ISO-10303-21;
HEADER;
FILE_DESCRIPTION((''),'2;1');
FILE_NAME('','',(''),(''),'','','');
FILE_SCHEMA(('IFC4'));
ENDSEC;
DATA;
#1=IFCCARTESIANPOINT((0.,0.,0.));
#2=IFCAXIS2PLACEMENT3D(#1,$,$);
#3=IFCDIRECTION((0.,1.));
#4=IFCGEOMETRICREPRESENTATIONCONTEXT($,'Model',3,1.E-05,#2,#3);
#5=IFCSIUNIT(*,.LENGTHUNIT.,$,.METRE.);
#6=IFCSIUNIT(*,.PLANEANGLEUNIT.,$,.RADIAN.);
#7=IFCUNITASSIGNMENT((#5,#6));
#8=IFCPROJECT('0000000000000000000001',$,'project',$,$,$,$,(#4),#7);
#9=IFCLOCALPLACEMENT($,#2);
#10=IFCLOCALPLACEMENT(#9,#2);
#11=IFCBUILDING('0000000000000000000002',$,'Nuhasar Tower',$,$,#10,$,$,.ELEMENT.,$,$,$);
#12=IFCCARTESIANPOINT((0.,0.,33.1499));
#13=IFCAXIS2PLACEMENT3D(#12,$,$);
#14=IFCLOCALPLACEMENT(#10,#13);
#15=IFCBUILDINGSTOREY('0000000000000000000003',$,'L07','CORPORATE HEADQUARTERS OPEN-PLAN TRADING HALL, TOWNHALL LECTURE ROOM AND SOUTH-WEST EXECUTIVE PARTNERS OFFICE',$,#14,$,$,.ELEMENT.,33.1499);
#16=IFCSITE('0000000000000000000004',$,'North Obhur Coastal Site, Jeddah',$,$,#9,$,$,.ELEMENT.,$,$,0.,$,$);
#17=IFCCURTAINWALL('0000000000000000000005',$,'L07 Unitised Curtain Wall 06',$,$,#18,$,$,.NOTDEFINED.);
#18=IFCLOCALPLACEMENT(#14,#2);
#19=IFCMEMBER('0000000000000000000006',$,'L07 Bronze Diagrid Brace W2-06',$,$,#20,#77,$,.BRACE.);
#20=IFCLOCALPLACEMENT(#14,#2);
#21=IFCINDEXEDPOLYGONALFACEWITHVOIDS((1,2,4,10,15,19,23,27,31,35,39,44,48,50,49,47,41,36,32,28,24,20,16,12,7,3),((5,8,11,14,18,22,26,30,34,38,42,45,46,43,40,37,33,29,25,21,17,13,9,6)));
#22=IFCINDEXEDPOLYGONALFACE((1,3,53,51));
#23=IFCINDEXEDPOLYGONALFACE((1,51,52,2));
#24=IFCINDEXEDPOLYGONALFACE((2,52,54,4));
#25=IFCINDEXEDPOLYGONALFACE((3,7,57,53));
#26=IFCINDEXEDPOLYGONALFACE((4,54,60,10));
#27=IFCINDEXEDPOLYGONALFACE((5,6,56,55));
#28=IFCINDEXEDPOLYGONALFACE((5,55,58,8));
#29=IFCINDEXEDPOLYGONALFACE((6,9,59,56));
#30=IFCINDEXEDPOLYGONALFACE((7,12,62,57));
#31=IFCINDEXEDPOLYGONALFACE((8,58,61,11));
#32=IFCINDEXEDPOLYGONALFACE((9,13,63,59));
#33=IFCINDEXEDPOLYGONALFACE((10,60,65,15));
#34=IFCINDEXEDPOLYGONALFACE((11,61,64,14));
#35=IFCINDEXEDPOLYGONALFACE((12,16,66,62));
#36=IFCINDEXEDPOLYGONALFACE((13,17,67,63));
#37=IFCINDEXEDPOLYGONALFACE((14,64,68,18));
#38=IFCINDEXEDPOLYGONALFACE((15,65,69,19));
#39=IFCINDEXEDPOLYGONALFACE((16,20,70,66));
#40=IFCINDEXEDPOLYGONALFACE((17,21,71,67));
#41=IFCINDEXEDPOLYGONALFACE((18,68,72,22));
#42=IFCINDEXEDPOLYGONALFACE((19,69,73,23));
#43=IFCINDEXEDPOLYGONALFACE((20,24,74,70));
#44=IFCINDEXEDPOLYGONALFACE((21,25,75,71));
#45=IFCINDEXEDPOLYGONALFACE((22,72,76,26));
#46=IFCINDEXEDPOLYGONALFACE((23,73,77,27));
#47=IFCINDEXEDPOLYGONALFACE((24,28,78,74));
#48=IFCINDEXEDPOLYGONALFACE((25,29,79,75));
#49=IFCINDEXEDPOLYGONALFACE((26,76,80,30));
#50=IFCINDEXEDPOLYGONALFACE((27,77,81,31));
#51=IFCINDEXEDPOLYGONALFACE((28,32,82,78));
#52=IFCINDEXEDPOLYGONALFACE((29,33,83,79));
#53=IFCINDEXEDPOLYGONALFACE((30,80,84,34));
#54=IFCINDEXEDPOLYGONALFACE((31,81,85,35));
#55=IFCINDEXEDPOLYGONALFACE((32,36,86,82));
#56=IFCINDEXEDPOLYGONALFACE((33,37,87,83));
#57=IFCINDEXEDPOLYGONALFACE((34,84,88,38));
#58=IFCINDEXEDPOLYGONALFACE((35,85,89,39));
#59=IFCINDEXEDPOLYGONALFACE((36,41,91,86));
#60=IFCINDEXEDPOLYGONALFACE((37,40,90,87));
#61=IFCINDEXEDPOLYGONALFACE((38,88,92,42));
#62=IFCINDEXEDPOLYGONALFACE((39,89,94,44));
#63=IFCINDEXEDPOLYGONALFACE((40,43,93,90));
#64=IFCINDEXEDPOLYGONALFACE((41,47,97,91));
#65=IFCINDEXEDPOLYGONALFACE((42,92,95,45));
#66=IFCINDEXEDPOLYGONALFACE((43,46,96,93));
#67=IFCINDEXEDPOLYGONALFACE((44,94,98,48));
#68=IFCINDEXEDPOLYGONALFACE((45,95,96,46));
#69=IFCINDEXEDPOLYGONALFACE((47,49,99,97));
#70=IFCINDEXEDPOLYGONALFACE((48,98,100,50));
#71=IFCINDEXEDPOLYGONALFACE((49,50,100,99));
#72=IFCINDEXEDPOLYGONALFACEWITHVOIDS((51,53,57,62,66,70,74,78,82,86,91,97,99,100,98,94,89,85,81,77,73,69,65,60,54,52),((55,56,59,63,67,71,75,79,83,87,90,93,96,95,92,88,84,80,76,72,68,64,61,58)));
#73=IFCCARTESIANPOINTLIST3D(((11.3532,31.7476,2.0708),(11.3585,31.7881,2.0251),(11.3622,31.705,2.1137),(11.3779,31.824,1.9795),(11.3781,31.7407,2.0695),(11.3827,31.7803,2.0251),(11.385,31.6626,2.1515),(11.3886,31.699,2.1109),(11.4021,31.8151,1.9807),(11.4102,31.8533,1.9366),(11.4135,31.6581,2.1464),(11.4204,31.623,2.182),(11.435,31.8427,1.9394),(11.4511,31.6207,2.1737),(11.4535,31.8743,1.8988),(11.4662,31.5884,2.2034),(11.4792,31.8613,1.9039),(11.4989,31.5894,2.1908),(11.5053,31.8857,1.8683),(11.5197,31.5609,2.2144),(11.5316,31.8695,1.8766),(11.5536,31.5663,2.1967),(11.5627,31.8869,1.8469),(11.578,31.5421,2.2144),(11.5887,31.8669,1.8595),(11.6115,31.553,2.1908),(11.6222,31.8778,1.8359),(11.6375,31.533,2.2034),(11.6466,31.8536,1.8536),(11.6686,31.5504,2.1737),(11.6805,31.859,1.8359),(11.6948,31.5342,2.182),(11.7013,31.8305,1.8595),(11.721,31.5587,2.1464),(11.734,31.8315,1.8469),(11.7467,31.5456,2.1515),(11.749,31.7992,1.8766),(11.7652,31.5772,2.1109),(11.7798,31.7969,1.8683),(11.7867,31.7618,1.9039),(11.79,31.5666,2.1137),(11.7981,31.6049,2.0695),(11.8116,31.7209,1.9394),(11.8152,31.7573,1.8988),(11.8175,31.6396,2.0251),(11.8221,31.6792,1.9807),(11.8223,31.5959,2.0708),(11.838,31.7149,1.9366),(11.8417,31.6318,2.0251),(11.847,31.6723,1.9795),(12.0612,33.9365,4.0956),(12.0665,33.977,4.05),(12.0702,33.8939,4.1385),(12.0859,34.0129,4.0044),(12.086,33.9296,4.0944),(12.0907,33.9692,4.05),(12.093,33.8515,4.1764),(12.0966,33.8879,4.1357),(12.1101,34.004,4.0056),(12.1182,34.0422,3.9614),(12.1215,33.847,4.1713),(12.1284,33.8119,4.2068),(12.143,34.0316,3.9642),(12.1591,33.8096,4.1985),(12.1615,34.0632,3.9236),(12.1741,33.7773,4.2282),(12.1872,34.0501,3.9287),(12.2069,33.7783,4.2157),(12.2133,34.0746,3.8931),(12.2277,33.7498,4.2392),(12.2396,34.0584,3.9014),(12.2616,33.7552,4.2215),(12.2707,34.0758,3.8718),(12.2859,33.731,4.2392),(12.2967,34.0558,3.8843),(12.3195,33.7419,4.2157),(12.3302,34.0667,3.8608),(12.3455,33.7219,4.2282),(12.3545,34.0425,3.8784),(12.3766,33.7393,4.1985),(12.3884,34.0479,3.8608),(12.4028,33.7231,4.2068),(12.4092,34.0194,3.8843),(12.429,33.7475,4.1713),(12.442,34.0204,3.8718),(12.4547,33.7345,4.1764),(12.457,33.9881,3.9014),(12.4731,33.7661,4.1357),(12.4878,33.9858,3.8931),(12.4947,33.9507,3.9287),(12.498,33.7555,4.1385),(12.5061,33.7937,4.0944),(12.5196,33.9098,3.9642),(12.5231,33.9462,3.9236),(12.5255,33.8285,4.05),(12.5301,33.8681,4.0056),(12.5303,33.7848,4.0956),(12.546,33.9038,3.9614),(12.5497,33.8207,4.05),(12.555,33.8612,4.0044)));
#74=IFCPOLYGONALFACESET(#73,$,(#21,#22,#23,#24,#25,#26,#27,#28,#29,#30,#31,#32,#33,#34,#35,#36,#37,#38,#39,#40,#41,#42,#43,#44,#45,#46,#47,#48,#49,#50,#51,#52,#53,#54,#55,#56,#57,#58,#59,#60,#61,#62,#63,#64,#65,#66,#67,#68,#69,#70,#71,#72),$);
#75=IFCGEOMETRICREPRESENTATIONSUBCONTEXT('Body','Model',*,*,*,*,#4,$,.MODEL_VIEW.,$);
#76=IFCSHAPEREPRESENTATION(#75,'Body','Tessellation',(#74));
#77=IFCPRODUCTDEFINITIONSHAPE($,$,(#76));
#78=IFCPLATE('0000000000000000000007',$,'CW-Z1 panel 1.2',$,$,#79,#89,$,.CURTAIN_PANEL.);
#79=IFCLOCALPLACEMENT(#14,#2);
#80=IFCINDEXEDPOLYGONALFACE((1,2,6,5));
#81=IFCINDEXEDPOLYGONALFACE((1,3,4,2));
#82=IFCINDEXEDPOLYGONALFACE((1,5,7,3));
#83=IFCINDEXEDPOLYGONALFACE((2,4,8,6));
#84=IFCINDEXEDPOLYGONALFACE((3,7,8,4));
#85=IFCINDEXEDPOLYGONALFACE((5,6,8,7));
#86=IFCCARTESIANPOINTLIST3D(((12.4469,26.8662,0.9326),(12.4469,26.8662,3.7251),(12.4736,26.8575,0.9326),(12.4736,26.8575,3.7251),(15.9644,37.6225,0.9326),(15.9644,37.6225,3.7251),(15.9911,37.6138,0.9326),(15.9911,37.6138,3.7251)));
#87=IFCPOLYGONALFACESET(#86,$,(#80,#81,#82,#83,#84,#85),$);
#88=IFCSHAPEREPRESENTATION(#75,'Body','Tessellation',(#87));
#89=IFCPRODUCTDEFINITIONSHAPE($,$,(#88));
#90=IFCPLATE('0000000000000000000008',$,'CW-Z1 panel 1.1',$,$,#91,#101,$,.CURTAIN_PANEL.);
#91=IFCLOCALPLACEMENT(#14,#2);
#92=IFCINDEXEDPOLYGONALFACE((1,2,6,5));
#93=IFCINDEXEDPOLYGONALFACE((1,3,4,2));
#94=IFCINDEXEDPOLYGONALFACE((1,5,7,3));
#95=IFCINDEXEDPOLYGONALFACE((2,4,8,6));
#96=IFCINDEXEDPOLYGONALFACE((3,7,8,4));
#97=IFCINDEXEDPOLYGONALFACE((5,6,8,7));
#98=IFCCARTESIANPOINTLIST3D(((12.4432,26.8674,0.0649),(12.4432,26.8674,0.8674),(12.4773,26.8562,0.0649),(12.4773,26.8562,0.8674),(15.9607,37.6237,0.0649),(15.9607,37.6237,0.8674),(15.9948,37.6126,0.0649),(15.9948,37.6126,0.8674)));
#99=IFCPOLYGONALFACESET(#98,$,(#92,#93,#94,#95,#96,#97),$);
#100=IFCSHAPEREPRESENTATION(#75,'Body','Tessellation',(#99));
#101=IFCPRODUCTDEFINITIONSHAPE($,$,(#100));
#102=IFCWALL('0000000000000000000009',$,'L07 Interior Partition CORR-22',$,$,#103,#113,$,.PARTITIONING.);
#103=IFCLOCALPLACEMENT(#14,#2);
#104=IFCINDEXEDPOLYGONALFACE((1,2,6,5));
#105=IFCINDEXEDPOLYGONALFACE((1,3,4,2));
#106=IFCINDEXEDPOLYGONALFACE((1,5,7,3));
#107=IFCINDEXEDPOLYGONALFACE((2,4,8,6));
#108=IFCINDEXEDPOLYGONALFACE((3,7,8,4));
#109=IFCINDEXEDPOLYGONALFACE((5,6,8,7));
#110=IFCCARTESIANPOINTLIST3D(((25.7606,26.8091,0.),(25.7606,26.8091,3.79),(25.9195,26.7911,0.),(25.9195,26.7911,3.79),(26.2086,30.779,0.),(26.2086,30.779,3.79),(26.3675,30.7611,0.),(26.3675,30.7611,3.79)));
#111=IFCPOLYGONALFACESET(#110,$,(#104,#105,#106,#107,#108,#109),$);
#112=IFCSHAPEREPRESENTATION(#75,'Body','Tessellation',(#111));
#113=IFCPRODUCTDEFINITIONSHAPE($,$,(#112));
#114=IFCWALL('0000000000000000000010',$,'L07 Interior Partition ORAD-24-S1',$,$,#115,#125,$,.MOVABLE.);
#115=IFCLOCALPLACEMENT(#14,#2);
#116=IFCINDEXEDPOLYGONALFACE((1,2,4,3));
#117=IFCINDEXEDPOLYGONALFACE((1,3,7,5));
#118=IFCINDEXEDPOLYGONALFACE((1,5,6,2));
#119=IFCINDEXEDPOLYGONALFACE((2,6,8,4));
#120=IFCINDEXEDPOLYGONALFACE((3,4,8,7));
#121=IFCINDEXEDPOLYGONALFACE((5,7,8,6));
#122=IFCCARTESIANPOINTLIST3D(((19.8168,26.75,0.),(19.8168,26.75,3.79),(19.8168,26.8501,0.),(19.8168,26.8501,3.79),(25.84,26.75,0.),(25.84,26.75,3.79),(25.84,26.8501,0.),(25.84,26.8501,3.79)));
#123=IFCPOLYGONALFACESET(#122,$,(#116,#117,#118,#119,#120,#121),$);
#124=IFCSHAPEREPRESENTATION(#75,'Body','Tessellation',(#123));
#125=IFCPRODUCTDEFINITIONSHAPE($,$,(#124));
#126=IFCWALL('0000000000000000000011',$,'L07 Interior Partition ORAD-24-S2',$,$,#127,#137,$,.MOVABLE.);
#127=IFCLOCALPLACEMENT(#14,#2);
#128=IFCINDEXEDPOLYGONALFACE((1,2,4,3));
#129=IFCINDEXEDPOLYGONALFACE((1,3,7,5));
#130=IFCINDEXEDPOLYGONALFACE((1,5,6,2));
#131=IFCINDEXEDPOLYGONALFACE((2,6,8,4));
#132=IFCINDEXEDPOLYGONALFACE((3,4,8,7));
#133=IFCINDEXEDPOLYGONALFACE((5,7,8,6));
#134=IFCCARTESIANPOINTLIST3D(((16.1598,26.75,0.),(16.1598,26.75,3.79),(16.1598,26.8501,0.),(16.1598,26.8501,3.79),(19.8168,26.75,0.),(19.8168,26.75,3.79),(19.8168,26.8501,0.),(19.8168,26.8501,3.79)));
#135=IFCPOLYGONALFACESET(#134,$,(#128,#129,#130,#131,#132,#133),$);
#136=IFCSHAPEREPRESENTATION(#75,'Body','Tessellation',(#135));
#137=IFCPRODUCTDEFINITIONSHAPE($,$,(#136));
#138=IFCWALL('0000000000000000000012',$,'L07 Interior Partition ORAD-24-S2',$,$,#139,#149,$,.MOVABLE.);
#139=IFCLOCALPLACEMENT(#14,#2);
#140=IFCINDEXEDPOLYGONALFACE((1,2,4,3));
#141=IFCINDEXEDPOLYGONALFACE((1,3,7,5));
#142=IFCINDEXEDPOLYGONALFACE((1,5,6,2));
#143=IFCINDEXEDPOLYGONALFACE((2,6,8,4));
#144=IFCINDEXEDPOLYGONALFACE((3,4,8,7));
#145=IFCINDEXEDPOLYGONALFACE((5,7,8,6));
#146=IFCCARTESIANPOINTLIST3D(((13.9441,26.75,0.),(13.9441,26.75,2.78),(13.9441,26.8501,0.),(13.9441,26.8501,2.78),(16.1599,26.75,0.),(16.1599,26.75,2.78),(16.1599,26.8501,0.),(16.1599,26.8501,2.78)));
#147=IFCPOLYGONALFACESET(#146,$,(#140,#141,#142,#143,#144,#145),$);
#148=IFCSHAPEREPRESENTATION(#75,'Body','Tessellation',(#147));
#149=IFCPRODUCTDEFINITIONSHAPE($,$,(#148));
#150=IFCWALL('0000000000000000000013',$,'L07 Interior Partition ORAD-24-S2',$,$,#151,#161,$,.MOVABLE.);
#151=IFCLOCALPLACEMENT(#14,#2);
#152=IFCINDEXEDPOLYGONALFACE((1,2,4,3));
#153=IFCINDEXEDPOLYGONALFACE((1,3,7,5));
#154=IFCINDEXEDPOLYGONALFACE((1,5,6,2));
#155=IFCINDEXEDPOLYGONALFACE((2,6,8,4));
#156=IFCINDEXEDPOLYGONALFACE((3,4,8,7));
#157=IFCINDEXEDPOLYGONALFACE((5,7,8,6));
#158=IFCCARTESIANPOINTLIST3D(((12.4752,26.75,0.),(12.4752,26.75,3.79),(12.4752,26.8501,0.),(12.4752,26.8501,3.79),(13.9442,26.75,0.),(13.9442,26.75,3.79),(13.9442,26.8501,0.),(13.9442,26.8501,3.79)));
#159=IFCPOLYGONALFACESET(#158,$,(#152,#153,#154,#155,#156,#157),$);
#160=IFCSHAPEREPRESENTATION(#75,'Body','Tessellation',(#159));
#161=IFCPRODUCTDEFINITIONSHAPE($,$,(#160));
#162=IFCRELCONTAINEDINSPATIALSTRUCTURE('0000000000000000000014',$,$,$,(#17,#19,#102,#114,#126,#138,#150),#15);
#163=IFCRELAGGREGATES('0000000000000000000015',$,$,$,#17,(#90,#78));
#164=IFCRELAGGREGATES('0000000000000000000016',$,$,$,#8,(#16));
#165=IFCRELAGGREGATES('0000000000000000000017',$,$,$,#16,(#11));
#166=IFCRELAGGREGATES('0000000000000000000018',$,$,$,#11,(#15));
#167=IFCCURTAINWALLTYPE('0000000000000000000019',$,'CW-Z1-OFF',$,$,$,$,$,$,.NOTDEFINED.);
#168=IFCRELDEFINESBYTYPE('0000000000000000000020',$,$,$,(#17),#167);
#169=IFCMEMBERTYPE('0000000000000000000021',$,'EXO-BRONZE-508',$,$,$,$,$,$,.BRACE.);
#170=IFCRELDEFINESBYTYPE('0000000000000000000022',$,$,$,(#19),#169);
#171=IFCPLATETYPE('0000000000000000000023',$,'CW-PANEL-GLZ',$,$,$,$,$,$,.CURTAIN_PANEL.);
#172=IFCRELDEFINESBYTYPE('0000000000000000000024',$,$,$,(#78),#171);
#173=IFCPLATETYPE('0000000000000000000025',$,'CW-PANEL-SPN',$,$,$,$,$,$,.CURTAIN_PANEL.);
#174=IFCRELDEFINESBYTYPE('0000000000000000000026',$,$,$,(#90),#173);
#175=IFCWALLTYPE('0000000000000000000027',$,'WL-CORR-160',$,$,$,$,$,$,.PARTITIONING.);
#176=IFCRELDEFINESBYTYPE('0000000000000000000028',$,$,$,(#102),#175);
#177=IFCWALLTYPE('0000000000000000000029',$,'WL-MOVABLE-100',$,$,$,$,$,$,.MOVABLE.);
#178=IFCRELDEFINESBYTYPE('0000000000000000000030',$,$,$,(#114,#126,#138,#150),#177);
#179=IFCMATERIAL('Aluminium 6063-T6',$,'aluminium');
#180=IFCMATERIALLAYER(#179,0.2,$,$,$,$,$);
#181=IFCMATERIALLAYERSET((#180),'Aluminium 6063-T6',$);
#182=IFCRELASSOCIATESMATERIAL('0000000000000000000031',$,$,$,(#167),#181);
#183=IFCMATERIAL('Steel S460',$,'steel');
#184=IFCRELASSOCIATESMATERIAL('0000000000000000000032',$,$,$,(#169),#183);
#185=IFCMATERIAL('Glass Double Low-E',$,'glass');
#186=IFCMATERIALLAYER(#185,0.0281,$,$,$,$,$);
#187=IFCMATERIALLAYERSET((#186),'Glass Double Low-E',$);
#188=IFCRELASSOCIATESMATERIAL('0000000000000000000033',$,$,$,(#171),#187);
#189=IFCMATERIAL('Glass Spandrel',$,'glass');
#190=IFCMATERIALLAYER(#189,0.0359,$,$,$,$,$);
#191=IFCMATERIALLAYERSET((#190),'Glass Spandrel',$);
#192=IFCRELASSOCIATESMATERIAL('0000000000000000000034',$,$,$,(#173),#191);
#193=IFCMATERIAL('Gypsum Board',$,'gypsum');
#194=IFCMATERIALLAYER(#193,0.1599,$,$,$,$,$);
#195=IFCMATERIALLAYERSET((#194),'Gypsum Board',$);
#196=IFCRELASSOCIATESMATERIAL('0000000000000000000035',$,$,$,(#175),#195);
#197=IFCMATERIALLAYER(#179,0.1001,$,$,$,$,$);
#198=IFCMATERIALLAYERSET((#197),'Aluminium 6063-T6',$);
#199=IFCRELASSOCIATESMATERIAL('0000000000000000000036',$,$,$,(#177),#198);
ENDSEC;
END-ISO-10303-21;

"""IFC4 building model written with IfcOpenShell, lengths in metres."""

from ifc_helpers import new_model, si_unit, direction, frame, frame_2d, origin, origin_2d, place, context, subcontext, project, spatial, rectangle, hollow_circle, extrude, material, layer, layer_set, material_profile, profile_set, type_object, element, aggregate, save


model = new_model("IFC4")

# Units and contexts
model_context = context("Model", 3, precision=1e-05, world=origin(), true_north=direction((0.0, 1.0)))
body_context = subcontext(model_context, "Body", "Model", "MODEL_VIEW")
ifc_project = project(units=[si_unit("LENGTHUNIT", "METRE"), si_unit("PLANEANGLEUNIT", "RADIAN")], contexts=[model_context])

# Site, building, storey
site_placement = place(None, origin())
site = spatial("IfcSite", under=ifc_project, at=site_placement, Name="North Obhur Coastal Site, Jeddah", CompositionType="ELEMENT", RefElevation=0.0)
building_placement = place(site_placement, origin())
building = spatial("IfcBuilding", under=site, at=building_placement, Name="Nuhasar Tower", CompositionType="ELEMENT")
storey_placement = place(building_placement, frame((0.0, 0.0, 33.1499)))
storey = spatial("IfcBuildingStorey", under=building, at=storey_placement, Name="L07", Description="CORPORATE HEADQUARTERS OPEN-PLAN TRADING HALL, TOWNHALL LECTURE ROOM AND SOUTH-WEST EXECUTIVE PARTNERS OFFICE", CompositionType="ELEMENT", Elevation=33.1499)

# Curtain wall
ifc_material_1 = material(Name="Aluminium 6063-T6", Category="aluminium")
ifc_layer_1 = layer(ifc_material_1, 0.2)
ifc_layer_set_1 = layer_set([ifc_layer_1], Name="Aluminium 6063-T6")
curtain_wall_type = type_object("IfcCurtainWallType", Name="CW-Z1-OFF", PredefinedType="NOTDEFINED", material=ifc_layer_set_1)
curtain_wall_1_placement = place(storey_placement, origin())
curtain_wall_1 = element("IfcCurtainWall", 1, at=curtain_wall_1_placement, inside=storey, type_object=curtain_wall_type, Name="L07 Unitised Curtain Wall 06", PredefinedType="NOTDEFINED")

# Member
ifc_material_2 = material(Name="Steel S460", Category="steel")
ifc_material_profile_1 = material_profile(ifc_material_2, hollow_circle(Radius=0.2539, WallThickness=0.0254, at=origin_2d()), Name="HSS508X25.4")
ifc_profile_set_1 = profile_set([ifc_material_profile_1], Name="Steel S460")
member_type_1 = type_object("IfcMemberType", Name="EXO-BRONZE-508", PredefinedType="BRACE", material=ifc_profile_set_1)
member_1_placement = place(storey_placement, frame((11.6001, 31.71, 2.0251), z_axis=(0.231012, 0.714225, 0.660694), x_axis=(-0.951468, 0.307747, 0.0)))
element("IfcMember", 2, at=member_1_placement, inside=storey, type_object=member_type_1, Name="L07 Bronze Diagrid Brace W2-06", PredefinedType="BRACE", context=body_context, shape_type="SweptSolid", body=[
    extrude(hollow_circle(Radius=0.2539, WallThickness=0.0254, at=origin_2d()), origin(), (0.0, 0.0, 1.0), 3.0647),
])

# Plates
ifc_material_3 = material(Name="Glass Double Low-E", Category="glass")
ifc_layer_2 = layer(ifc_material_3, 0.0281)
ifc_layer_set_2 = layer_set([ifc_layer_2], Name="Glass Double Low-E")
plate_type_1 = type_object("IfcPlateType", Name="CW-PANEL-GLZ", PredefinedType="CURTAIN_PANEL", material=ifc_layer_set_2)
plate_1_placement = place(storey_placement, frame((14.219, 32.24, 0.9326), z_axis=(0.0, 0.0, 1.0), x_axis=(-0.310824, -0.950468, 0.0)))
plate_1 = element("IfcPlate", 3, at=plate_1_placement, type_object=plate_type_1, Name="CW-Z1 panel 1.2", PredefinedType="CURTAIN_PANEL", context=body_context, shape_type="SweptSolid", body=[
    extrude(rectangle(XDim=11.3169, YDim=0.0281, at=origin_2d()), origin(), (0.0, 0.0, 1.0), 2.7925),
])
ifc_material_4 = material(Name="Glass Spandrel", Category="glass")
ifc_layer_3 = layer(ifc_material_4, 0.0359)
ifc_layer_set_3 = layer_set([ifc_layer_3], Name="Glass Spandrel")
plate_type_2 = type_object("IfcPlateType", Name="CW-PANEL-SPN", PredefinedType="CURTAIN_PANEL", material=ifc_layer_set_3)
plate_2_placement = place(storey_placement, frame((14.219, 32.24, 0.0649), z_axis=(0.0, 0.0, 1.0), x_axis=(-0.310824, -0.950468, 0.0)))
plate_2 = element("IfcPlate", 4, at=plate_2_placement, type_object=plate_type_2, Name="CW-Z1 panel 1.1", PredefinedType="CURTAIN_PANEL", context=body_context, shape_type="SweptSolid", body=[
    extrude(rectangle(XDim=11.3169, YDim=0.0359, at=origin_2d()), origin(), (0.0, 0.0, 1.0), 0.8025),
])
aggregate(curtain_wall_1, [plate_2, plate_1])

# Walls
ifc_material_5 = material(Name="Gypsum Board", Category="gypsum")
ifc_layer_4 = layer(ifc_material_5, 0.1599)
ifc_layer_set_4 = layer_set([ifc_layer_4], Name="Gypsum Board")
wall_type_1 = type_object("IfcWallType", Name="WL-CORR-160", PredefinedType="PARTITIONING", material=ifc_layer_set_4)
wall_1_placement = place(storey_placement, frame((26.2881, 30.77, 0.0), z_axis=(0.0, 0.0, 1.0), x_axis=(-0.112135, -0.993693, 0.0)))
element("IfcWall", 5, at=wall_1_placement, inside=storey, type_object=wall_type_1, Name="L07 Interior Partition CORR-22", PredefinedType="PARTITIONING", context=body_context, shape_type="SweptSolid", body=[
    extrude(rectangle(XDim=3.9951, YDim=0.1599, at=frame_2d((1.9976, 0.0))), origin(), (0.0, 0.0, 1.0), 3.79),
])
ifc_layer_5 = layer(ifc_material_1, 0.1001)
ifc_layer_set_5 = layer_set([ifc_layer_5], Name="Aluminium 6063-T6")
wall_type_2 = type_object("IfcWallType", Name="WL-MOVABLE-100", PredefinedType="MOVABLE", material=ifc_layer_set_5)
wall_2_placement = place(storey_placement, frame((25.8401, 26.8, 0.0), z_axis=(0.0, 0.0, 1.0), x_axis=(-1.0, 0.0, 0.0)))
element("IfcWall", 6, at=wall_2_placement, inside=storey, type_object=wall_type_2, Name="L07 Interior Partition ORAD-24-S1", PredefinedType="MOVABLE", context=body_context, shape_type="SweptSolid", body=[
    extrude(rectangle(XDim=6.0232, YDim=0.1001, at=frame_2d((3.0117, 0.0))), origin(), (0.0, 0.0, 1.0), 3.79),
])
wall_3_placement = place(storey_placement, frame((19.8169, 26.8, 0.0), z_axis=(0.0, 0.0, 1.0), x_axis=(-1.0, 0.0, 0.0)))
element("IfcWall", 7, at=wall_3_placement, inside=storey, type_object=wall_type_2, Name="L07 Interior Partition ORAD-24-S2", PredefinedType="MOVABLE", context=body_context, shape_type="SweptSolid", body=[
    extrude(rectangle(XDim=3.657, YDim=0.1001, at=frame_2d((1.8286, 0.0))), origin(), (0.0, 0.0, 1.0), 3.79),
])
wall_4_placement = place(storey_placement, frame((16.1599, 26.8, 0.0), z_axis=(0.0, 0.0, 1.0), x_axis=(-1.0, 0.0, 0.0)))
element("IfcWall", 8, at=wall_4_placement, inside=storey, type_object=wall_type_2, Name="L07 Interior Partition ORAD-24-S2", PredefinedType="MOVABLE", context=body_context, shape_type="SweptSolid", body=[
    extrude(rectangle(XDim=2.2158, YDim=0.1001, at=frame_2d((1.1079, 0.0))), origin(), (0.0, 0.0, 1.0), 2.78),
])
wall_5_placement = place(storey_placement, frame((13.9441, 26.8, 0.0), z_axis=(0.0, 0.0, 1.0), x_axis=(-1.0, 0.0, 0.0)))
element("IfcWall", 9, at=wall_5_placement, inside=storey, type_object=wall_type_2, Name="L07 Interior Partition ORAD-24-S2", PredefinedType="MOVABLE", context=body_context, shape_type="SweptSolid", body=[
    extrude(rectangle(XDim=1.469, YDim=0.1001, at=frame_2d((0.7344, 0.0))), origin(), (0.0, 0.0, 1.0), 3.79),
])

save(model, "model.ifc")
